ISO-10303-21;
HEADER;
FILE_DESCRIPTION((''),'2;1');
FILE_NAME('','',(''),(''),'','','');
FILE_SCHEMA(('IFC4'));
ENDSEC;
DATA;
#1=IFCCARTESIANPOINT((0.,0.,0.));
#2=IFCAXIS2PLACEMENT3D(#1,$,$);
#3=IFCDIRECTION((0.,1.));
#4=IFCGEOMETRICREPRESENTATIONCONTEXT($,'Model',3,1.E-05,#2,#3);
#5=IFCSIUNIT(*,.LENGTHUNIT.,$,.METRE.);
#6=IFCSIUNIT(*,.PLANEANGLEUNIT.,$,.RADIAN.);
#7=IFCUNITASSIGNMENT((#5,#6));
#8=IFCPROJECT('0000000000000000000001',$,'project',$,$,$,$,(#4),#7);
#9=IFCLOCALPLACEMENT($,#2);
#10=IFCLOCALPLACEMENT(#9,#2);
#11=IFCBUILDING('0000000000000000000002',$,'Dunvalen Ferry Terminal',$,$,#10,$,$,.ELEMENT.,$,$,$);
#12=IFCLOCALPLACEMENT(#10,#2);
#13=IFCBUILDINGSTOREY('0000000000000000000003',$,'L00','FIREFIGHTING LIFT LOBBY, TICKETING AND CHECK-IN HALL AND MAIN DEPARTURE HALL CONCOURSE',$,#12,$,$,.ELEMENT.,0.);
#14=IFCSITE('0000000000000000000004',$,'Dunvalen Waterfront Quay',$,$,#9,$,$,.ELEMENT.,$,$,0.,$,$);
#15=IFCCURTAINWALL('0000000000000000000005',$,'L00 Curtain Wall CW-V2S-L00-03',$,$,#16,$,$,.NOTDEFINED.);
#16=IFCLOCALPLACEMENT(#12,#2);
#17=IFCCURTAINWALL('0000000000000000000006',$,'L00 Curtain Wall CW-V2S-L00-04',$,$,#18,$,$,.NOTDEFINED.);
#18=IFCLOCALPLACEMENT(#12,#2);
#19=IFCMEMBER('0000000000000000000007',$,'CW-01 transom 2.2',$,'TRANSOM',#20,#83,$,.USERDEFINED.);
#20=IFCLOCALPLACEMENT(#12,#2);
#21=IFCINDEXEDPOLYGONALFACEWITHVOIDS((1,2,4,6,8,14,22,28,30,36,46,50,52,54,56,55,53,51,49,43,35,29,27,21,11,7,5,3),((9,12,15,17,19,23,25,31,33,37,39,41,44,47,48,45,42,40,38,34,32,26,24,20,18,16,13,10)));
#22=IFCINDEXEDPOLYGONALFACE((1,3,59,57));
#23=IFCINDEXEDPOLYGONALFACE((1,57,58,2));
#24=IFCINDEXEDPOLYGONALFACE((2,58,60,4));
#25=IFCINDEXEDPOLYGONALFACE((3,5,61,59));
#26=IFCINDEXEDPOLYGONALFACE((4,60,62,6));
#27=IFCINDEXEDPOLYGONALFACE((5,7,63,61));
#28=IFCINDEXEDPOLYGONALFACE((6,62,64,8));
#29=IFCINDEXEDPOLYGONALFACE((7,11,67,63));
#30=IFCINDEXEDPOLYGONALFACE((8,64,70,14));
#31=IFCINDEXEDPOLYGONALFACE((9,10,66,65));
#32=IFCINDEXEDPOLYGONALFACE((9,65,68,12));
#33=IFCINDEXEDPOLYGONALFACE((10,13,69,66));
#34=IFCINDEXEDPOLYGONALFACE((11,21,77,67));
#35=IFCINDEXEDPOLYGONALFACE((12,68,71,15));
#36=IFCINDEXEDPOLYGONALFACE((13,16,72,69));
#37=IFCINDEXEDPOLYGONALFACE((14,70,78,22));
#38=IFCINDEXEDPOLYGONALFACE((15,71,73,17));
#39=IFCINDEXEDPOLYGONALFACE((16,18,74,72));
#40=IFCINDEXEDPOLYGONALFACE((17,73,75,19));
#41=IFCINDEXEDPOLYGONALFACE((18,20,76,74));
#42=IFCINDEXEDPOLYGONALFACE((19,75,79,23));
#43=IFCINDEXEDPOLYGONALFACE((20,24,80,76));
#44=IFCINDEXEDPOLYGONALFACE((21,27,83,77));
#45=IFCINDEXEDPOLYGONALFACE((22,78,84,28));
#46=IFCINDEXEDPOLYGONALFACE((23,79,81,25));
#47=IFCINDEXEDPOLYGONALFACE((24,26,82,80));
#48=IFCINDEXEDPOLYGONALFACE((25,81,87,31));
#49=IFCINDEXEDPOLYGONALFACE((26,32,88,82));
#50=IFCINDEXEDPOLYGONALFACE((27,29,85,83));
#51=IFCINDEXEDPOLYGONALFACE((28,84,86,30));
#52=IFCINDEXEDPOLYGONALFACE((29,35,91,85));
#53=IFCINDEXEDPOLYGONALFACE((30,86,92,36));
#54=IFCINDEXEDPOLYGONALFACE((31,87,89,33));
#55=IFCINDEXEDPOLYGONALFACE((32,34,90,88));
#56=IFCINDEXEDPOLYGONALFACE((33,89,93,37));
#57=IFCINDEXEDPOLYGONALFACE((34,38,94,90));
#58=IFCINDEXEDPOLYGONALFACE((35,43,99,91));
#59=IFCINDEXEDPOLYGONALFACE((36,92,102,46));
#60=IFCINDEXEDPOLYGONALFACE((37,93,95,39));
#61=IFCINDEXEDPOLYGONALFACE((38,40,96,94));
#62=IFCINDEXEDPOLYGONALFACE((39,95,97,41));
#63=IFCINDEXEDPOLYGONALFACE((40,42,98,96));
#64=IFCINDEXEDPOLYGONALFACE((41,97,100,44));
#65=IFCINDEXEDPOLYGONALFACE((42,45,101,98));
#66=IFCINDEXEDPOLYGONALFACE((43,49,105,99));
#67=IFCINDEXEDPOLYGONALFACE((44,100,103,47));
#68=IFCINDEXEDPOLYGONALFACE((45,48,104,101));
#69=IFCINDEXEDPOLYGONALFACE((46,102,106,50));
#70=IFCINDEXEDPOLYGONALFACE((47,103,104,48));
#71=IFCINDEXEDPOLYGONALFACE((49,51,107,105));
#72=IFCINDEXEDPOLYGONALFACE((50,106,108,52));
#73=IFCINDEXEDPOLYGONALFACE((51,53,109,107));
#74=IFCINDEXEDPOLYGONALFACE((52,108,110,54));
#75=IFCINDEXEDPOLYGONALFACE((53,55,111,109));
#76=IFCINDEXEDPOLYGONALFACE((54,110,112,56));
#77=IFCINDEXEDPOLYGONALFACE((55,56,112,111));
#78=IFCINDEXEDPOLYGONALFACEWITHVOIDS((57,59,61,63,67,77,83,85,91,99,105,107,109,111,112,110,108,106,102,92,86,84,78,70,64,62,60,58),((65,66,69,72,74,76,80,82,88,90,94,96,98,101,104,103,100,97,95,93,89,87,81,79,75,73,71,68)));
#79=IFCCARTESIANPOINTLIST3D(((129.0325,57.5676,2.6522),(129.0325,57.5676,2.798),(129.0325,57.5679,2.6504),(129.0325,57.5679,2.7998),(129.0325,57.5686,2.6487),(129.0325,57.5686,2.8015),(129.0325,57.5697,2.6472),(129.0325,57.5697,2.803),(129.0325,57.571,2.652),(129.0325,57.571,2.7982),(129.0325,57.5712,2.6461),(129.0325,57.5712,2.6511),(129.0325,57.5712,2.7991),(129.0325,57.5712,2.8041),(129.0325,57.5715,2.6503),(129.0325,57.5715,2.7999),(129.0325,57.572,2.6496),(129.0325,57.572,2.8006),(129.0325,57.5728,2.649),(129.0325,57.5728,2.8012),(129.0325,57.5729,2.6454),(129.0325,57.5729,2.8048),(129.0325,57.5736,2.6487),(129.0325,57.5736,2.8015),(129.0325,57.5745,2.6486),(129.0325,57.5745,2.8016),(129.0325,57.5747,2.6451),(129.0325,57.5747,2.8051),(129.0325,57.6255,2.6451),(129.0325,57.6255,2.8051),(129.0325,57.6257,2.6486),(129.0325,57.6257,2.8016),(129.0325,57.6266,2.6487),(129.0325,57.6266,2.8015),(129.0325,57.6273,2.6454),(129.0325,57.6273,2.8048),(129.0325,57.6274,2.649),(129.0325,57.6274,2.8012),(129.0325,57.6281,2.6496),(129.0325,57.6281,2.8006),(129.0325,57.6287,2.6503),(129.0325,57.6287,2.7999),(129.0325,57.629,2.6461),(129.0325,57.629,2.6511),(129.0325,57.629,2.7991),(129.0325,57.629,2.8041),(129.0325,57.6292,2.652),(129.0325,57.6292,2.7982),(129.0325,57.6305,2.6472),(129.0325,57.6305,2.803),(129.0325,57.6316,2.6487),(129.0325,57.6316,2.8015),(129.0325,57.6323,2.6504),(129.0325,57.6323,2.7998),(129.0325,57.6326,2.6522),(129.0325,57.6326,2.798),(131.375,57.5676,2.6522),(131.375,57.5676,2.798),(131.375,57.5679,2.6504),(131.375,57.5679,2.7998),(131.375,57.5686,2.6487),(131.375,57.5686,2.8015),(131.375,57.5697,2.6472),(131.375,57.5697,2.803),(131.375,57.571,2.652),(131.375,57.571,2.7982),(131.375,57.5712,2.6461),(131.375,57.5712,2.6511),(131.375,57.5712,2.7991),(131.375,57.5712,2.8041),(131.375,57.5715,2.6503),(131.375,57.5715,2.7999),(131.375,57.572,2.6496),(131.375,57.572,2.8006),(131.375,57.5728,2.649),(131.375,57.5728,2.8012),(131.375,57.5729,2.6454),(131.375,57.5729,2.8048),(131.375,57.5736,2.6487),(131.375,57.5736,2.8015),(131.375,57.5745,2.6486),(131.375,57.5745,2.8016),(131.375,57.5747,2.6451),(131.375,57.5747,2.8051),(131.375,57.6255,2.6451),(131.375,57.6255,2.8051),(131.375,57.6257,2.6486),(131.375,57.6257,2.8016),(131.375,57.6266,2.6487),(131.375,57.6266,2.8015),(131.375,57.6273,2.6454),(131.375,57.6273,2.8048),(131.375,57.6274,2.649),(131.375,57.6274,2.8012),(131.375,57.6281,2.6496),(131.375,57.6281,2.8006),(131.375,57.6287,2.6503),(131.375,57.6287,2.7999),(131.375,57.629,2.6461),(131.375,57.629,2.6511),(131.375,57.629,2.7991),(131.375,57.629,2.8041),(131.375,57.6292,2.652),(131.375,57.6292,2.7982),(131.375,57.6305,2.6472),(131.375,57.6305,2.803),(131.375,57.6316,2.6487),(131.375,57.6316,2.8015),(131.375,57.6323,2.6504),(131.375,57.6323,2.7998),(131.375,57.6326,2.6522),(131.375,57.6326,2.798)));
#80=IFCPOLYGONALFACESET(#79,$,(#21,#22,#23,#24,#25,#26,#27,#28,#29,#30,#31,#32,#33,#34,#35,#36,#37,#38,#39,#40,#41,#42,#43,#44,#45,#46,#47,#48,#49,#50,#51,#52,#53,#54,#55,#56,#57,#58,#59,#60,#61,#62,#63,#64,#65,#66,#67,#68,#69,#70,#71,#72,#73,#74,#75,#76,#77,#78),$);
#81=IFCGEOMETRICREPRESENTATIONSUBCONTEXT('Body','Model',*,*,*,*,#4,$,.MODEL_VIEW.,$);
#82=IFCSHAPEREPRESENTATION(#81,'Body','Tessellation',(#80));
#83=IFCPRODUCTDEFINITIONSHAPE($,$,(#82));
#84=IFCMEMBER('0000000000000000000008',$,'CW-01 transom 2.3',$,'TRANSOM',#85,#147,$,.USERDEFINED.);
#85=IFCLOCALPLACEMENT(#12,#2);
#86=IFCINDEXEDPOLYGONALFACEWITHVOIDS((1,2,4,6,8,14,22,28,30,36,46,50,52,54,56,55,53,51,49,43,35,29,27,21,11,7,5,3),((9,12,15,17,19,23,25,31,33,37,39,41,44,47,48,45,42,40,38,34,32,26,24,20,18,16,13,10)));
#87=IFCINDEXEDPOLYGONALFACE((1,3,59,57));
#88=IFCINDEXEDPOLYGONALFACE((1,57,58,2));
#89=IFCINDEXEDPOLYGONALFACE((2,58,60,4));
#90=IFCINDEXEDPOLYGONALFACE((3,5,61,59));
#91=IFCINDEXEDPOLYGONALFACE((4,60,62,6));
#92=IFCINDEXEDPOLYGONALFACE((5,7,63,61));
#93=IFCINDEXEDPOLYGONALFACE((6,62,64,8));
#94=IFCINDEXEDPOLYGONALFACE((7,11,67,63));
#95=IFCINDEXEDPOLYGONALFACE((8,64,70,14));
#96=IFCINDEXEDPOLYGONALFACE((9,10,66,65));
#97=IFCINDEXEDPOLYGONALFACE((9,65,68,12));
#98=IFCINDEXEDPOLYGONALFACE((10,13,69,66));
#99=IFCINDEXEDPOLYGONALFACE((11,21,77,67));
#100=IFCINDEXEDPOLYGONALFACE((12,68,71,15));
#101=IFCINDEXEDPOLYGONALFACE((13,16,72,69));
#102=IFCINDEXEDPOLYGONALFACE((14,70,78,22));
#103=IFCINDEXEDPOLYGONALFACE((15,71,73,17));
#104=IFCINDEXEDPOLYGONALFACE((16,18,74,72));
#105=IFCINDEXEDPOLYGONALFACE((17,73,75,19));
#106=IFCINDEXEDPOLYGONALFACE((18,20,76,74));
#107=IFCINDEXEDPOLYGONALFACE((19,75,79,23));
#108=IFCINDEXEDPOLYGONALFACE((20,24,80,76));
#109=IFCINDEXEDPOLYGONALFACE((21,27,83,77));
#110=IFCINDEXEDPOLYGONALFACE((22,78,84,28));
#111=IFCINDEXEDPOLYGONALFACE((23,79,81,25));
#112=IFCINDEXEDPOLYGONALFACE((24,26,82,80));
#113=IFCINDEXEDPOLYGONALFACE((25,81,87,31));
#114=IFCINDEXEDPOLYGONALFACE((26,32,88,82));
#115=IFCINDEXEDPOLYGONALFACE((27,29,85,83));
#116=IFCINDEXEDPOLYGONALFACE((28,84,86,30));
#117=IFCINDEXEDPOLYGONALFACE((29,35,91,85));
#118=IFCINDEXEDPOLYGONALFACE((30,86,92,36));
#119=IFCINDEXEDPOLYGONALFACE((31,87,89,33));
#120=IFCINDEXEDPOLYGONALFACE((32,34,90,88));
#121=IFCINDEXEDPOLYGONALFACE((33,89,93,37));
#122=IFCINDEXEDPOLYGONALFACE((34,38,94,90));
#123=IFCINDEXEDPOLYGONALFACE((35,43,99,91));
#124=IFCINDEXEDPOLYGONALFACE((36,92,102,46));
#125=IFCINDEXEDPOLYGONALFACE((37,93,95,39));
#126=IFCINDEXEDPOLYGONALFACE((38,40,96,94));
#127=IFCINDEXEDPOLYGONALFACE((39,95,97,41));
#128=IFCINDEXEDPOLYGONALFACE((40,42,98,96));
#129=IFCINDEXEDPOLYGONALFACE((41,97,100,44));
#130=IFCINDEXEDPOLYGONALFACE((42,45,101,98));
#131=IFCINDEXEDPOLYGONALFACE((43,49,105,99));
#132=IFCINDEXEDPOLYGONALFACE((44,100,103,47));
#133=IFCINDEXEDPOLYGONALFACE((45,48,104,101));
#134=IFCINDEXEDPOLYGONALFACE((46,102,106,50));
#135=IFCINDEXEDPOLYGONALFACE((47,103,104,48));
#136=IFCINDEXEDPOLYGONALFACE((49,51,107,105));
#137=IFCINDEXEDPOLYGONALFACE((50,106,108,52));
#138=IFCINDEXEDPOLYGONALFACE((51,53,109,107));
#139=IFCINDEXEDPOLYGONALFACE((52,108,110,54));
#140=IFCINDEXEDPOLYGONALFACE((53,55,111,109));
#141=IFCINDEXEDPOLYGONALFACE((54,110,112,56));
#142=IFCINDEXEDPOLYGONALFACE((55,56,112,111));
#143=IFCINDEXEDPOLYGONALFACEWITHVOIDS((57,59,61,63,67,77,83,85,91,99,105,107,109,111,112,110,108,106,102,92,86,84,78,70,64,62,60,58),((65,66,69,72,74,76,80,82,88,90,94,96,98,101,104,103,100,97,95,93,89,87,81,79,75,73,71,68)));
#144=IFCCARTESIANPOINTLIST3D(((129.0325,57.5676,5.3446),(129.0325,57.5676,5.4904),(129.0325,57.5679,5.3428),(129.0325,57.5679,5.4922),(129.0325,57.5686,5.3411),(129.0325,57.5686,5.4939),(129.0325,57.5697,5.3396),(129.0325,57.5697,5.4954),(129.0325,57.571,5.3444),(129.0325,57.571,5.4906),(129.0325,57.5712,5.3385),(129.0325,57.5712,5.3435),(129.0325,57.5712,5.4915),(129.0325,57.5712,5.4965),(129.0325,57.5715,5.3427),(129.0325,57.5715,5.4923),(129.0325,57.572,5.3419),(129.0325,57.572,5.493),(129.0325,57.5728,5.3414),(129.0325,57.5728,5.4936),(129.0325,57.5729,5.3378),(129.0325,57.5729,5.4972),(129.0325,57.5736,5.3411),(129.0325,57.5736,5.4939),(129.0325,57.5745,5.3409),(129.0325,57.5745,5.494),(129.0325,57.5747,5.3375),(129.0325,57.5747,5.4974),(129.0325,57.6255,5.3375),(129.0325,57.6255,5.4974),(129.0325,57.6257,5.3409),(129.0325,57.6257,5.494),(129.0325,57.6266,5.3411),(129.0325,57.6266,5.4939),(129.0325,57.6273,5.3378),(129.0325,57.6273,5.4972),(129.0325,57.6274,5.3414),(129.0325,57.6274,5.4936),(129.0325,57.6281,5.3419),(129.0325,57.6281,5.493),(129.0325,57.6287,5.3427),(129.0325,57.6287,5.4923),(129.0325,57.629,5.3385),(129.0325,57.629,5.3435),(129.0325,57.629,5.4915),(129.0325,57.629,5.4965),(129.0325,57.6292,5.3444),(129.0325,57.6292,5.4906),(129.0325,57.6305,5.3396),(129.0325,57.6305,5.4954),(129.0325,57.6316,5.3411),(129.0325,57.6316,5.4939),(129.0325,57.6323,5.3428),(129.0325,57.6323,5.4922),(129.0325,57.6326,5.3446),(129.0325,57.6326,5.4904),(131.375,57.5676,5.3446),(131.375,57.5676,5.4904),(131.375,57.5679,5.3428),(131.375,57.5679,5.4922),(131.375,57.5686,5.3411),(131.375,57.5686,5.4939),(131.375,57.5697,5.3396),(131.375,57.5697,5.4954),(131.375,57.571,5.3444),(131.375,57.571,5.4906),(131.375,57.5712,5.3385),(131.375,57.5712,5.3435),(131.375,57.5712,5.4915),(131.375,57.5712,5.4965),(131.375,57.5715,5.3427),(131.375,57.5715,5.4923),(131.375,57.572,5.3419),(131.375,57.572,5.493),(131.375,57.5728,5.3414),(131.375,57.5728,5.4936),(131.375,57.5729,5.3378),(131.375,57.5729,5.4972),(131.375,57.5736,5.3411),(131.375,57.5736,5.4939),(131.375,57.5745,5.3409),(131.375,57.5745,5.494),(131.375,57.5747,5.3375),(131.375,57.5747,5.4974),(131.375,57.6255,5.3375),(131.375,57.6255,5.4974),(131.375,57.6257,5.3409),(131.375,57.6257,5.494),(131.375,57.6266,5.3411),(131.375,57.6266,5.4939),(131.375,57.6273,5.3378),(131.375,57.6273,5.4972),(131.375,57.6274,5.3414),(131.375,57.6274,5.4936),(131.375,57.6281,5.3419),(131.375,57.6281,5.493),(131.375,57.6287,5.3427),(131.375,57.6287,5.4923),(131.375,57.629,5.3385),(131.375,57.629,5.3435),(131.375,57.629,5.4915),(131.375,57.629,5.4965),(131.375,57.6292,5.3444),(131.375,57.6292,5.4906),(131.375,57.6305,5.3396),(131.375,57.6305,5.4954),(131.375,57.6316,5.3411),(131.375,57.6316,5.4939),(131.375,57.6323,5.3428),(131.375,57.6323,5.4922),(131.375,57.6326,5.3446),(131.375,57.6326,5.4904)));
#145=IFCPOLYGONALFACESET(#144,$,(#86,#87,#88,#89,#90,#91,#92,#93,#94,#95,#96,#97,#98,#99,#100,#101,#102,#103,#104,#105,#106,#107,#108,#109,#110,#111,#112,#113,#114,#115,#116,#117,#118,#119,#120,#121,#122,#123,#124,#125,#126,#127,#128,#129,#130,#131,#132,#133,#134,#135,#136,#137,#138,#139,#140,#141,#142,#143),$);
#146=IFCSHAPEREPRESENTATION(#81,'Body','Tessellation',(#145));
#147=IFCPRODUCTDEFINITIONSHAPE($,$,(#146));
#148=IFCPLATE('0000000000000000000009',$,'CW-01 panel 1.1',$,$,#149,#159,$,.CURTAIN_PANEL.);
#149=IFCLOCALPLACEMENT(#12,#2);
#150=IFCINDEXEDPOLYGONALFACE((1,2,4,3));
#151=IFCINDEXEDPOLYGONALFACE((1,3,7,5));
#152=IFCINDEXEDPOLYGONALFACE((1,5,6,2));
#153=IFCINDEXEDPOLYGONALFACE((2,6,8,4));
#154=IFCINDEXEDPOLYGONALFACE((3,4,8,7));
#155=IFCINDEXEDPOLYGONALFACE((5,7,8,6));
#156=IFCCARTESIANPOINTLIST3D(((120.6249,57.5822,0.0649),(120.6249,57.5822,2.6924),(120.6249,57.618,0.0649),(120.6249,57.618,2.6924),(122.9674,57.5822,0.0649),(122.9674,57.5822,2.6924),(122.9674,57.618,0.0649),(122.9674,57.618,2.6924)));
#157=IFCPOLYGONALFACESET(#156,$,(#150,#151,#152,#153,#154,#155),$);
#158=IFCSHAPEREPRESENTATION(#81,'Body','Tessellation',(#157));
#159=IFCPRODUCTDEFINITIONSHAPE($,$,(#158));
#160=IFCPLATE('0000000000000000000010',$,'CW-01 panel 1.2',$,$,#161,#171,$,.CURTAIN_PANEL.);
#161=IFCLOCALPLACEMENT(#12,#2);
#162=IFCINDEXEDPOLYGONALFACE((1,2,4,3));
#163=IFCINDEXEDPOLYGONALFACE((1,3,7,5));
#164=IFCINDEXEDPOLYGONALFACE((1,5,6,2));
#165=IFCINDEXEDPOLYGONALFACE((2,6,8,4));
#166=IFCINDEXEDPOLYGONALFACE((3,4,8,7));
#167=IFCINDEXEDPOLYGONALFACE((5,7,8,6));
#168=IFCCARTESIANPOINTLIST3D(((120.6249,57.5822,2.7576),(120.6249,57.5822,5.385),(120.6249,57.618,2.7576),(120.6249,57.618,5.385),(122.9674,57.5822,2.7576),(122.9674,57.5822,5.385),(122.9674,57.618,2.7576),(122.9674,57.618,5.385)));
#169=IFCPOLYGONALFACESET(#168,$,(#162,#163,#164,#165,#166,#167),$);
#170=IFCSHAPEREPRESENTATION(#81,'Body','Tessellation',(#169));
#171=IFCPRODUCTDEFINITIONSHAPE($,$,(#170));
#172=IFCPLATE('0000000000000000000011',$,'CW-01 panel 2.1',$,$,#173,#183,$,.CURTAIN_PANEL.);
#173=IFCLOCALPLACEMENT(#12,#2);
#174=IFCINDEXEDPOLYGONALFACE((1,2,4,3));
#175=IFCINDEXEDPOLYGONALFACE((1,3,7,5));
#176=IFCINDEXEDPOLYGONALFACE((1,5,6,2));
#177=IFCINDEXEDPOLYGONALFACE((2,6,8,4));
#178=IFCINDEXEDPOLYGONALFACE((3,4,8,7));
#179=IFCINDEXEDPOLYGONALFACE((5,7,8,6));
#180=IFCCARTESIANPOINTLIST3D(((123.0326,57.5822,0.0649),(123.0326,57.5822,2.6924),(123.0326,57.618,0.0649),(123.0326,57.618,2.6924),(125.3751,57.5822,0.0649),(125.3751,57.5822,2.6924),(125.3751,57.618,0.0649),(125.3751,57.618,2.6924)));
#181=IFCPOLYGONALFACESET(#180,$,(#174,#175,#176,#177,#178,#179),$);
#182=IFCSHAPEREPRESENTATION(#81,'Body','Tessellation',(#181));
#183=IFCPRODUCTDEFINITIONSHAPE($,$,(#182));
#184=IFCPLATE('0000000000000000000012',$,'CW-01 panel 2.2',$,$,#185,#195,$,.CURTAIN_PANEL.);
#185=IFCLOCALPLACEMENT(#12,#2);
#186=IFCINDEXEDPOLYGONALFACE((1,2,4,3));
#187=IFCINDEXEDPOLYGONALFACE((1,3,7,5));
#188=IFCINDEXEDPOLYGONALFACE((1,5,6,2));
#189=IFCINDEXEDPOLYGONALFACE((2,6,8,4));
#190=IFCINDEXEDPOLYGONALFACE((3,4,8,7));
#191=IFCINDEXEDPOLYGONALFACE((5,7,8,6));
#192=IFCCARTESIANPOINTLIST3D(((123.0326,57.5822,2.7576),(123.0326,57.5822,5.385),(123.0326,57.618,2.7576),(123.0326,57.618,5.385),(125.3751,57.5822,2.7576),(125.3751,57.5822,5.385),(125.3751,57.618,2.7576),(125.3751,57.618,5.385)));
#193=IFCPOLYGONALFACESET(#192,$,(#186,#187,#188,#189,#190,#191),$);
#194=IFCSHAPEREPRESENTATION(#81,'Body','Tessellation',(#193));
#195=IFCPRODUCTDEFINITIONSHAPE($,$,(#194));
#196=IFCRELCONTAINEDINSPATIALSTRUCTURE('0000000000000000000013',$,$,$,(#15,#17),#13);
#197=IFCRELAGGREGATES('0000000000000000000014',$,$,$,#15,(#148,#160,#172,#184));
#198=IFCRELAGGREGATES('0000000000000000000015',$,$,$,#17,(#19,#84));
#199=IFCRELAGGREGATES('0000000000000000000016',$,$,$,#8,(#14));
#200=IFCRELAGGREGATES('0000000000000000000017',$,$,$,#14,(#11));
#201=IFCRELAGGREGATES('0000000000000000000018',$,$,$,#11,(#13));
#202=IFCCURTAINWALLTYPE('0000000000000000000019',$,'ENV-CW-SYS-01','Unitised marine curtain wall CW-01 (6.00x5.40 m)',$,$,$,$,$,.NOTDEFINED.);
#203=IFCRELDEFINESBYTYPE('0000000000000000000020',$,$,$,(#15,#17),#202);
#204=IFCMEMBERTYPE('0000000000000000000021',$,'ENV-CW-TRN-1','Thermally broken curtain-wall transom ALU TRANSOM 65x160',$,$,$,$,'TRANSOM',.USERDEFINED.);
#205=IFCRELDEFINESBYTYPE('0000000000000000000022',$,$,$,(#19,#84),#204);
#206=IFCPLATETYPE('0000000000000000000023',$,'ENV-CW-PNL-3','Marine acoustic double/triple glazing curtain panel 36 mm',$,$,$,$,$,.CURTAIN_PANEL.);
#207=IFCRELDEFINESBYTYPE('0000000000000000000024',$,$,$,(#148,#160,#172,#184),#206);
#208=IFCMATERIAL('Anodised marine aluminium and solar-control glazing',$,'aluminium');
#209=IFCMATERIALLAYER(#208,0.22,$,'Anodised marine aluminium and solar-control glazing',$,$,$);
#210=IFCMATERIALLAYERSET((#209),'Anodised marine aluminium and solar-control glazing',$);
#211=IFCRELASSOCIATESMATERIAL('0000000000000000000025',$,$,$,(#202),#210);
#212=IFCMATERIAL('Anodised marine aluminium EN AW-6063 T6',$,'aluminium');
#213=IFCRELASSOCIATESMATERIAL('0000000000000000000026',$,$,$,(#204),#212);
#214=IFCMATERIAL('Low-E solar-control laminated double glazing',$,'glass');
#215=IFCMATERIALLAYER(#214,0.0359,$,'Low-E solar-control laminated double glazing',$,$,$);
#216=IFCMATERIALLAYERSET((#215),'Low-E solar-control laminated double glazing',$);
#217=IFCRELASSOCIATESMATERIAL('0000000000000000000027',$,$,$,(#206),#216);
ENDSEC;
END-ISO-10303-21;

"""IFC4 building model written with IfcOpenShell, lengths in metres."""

from ifc_helpers import new_model, si_unit, direction, frame, origin, origin_2d, place, context, subcontext, project, spatial, rectangle, hollow_rectangle, extrude, material, layer, layer_set, material_profile, profile_set, type_object, element, aggregate, save


model = new_model("IFC4")

# Units and contexts
model_context = context("Model", 3, precision=1e-05, world=origin(), true_north=direction((0.0, 1.0)))
body_context = subcontext(model_context, "Body", "Model", "MODEL_VIEW")
ifc_project = project(units=[si_unit("LENGTHUNIT", "METRE"), si_unit("PLANEANGLEUNIT", "RADIAN")], contexts=[model_context])

# Site, building, storey
site_placement = place(None, origin())
site = spatial("IfcSite", under=ifc_project, at=site_placement, Name="Dunvalen Waterfront Quay", CompositionType="ELEMENT", RefElevation=0.0)
building_placement = place(site_placement, origin())
building = spatial("IfcBuilding", under=site, at=building_placement, Name="Dunvalen Ferry Terminal", CompositionType="ELEMENT")
storey_placement = place(building_placement, origin())
storey = spatial("IfcBuildingStorey", under=building, at=storey_placement, Name="L00", Description="FIREFIGHTING LIFT LOBBY, TICKETING AND CHECK-IN HALL AND MAIN DEPARTURE HALL CONCOURSE", CompositionType="ELEMENT", Elevation=0.0)

# Curtain walls
ifc_material_1 = material(Name="Anodised marine aluminium and solar-control glazing", Category="aluminium")
ifc_layer_1 = layer(ifc_material_1, 0.22, Name="Anodised marine aluminium and solar-control glazing")
ifc_layer_set_1 = layer_set([ifc_layer_1], Name="Anodised marine aluminium and solar-control glazing")
curtain_wall_type = type_object("IfcCurtainWallType", Name="ENV-CW-SYS-01", Description="Unitised marine curtain wall CW-01 (6.00x5.40 m)", PredefinedType="NOTDEFINED", material=ifc_layer_set_1)
curtain_wall_1_placement = place(storey_placement, origin())
curtain_wall_1 = element("IfcCurtainWall", 1, at=curtain_wall_1_placement, inside=storey, type_object=curtain_wall_type, Name="L00 Curtain Wall CW-V2S-L00-03", PredefinedType="NOTDEFINED")
ifc_material_2 = material(Name="Anodised marine aluminium EN AW-6063 T6", Category="aluminium")
curtain_wall_2_placement = place(storey_placement, origin())
curtain_wall_2 = element("IfcCurtainWall", 2, at=curtain_wall_2_placement, inside=storey, type_object=curtain_wall_type, Name="L00 Curtain Wall CW-V2S-L00-04", PredefinedType="NOTDEFINED")

# Members
ifc_material_profile_1 = material_profile(ifc_material_2, hollow_rectangle(XDim=0.0649, YDim=0.1599, WallThickness=0.0034, InnerFilletRadius=0.0034, OuterFilletRadius=0.0071, at=origin_2d()), Name="Anodised marine aluminium EN AW-6063 T6")
ifc_profile_set_1 = profile_set([ifc_material_profile_1], Name="Anodised marine aluminium EN AW-6063 T6")
member_type_1 = type_object("IfcMemberType", Name="ENV-CW-TRN-1", Description="Thermally broken curtain-wall transom ALU TRANSOM 65x160", ElementType="TRANSOM", PredefinedType="USERDEFINED", material=ifc_profile_set_1)
member_1_placement = place(storey_placement, frame((129.0325, 57.6001, 2.7251), z_axis=(1.0, 0.0, 0.0), x_axis=(0.0, 1.0, 0.0)))
member_1 = element("IfcMember", 3, at=member_1_placement, type_object=member_type_1, Name="CW-01 transom 2.2", ObjectType="TRANSOM", PredefinedType="USERDEFINED", context=body_context, shape_type="SweptSolid", body=[
    extrude(hollow_rectangle(XDim=0.0649, YDim=0.1599, WallThickness=0.0034, InnerFilletRadius=0.0034, OuterFilletRadius=0.0071, at=origin_2d()), origin(), (0.0, 0.0, 1.0), 2.3425),
])
member_2_placement = place(storey_placement, frame((129.0325, 57.6001, 5.4175), z_axis=(1.0, 0.0, 0.0), x_axis=(0.0, 1.0, 0.0)))
member_2 = element("IfcMember", 4, at=member_2_placement, type_object=member_type_1, Name="CW-01 transom 2.3", ObjectType="TRANSOM", PredefinedType="USERDEFINED", context=body_context, shape_type="SweptSolid", body=[
    extrude(hollow_rectangle(XDim=0.0649, YDim=0.1599, WallThickness=0.0034, InnerFilletRadius=0.0034, OuterFilletRadius=0.0071, at=origin_2d()), origin(), (0.0, 0.0, 1.0), 2.3425),
])

# Plates
ifc_material_3 = material(Name="Low-E solar-control laminated double glazing", Category="glass")
ifc_layer_2 = layer(ifc_material_3, 0.0359, Name="Low-E solar-control laminated double glazing")
ifc_layer_set_2 = layer_set([ifc_layer_2], Name="Low-E solar-control laminated double glazing")
plate_type = type_object("IfcPlateType", Name="ENV-CW-PNL-3", Description="Marine acoustic double/triple glazing curtain panel 36 mm", PredefinedType="CURTAIN_PANEL", material=ifc_layer_set_2)
plate_1_placement = place(storey_placement, frame((121.7961, 57.6001, 0.0649), z_axis=(0.0, 0.0, 1.0), x_axis=(1.0, 0.0, 0.0)))
plate_1 = element("IfcPlate", 5, at=plate_1_placement, type_object=plate_type, Name="CW-01 panel 1.1", PredefinedType="CURTAIN_PANEL", context=body_context, shape_type="SweptSolid", body=[
    extrude(rectangle(XDim=2.3425, YDim=0.0359, at=origin_2d()), origin(), (0.0, 0.0, 1.0), 2.6274),
])
plate_2_placement = place(storey_placement, frame((121.7961, 57.6001, 2.7576), z_axis=(0.0, 0.0, 1.0), x_axis=(1.0, 0.0, 0.0)))
plate_2 = element("IfcPlate", 6, at=plate_2_placement, type_object=plate_type, Name="CW-01 panel 1.2", PredefinedType="CURTAIN_PANEL", context=body_context, shape_type="SweptSolid", body=[
    extrude(rectangle(XDim=2.3425, YDim=0.0359, at=origin_2d()), origin(), (0.0, 0.0, 1.0), 2.6274),
])
plate_3_placement = place(storey_placement, frame((124.2039, 57.6001, 0.0649), z_axis=(0.0, 0.0, 1.0), x_axis=(1.0, 0.0, 0.0)))
plate_3 = element("IfcPlate", 7, at=plate_3_placement, type_object=plate_type, Name="CW-01 panel 2.1", PredefinedType="CURTAIN_PANEL", context=body_context, shape_type="SweptSolid", body=[
    extrude(rectangle(XDim=2.3425, YDim=0.0359, at=origin_2d()), origin(), (0.0, 0.0, 1.0), 2.6274),
])
plate_4_placement = place(storey_placement, frame((124.2039, 57.6001, 2.7576), z_axis=(0.0, 0.0, 1.0), x_axis=(1.0, 0.0, 0.0)))
plate_4 = element("IfcPlate", 8, at=plate_4_placement, type_object=plate_type, Name="CW-01 panel 2.2", PredefinedType="CURTAIN_PANEL", context=body_context, shape_type="SweptSolid", body=[
    extrude(rectangle(XDim=2.3425, YDim=0.0359, at=origin_2d()), origin(), (0.0, 0.0, 1.0), 2.6274),
])
aggregate(curtain_wall_1, [plate_1, plate_2, plate_3, plate_4])
aggregate(curtain_wall_2, [member_1, member_2])

save(model, "model.ifc")
